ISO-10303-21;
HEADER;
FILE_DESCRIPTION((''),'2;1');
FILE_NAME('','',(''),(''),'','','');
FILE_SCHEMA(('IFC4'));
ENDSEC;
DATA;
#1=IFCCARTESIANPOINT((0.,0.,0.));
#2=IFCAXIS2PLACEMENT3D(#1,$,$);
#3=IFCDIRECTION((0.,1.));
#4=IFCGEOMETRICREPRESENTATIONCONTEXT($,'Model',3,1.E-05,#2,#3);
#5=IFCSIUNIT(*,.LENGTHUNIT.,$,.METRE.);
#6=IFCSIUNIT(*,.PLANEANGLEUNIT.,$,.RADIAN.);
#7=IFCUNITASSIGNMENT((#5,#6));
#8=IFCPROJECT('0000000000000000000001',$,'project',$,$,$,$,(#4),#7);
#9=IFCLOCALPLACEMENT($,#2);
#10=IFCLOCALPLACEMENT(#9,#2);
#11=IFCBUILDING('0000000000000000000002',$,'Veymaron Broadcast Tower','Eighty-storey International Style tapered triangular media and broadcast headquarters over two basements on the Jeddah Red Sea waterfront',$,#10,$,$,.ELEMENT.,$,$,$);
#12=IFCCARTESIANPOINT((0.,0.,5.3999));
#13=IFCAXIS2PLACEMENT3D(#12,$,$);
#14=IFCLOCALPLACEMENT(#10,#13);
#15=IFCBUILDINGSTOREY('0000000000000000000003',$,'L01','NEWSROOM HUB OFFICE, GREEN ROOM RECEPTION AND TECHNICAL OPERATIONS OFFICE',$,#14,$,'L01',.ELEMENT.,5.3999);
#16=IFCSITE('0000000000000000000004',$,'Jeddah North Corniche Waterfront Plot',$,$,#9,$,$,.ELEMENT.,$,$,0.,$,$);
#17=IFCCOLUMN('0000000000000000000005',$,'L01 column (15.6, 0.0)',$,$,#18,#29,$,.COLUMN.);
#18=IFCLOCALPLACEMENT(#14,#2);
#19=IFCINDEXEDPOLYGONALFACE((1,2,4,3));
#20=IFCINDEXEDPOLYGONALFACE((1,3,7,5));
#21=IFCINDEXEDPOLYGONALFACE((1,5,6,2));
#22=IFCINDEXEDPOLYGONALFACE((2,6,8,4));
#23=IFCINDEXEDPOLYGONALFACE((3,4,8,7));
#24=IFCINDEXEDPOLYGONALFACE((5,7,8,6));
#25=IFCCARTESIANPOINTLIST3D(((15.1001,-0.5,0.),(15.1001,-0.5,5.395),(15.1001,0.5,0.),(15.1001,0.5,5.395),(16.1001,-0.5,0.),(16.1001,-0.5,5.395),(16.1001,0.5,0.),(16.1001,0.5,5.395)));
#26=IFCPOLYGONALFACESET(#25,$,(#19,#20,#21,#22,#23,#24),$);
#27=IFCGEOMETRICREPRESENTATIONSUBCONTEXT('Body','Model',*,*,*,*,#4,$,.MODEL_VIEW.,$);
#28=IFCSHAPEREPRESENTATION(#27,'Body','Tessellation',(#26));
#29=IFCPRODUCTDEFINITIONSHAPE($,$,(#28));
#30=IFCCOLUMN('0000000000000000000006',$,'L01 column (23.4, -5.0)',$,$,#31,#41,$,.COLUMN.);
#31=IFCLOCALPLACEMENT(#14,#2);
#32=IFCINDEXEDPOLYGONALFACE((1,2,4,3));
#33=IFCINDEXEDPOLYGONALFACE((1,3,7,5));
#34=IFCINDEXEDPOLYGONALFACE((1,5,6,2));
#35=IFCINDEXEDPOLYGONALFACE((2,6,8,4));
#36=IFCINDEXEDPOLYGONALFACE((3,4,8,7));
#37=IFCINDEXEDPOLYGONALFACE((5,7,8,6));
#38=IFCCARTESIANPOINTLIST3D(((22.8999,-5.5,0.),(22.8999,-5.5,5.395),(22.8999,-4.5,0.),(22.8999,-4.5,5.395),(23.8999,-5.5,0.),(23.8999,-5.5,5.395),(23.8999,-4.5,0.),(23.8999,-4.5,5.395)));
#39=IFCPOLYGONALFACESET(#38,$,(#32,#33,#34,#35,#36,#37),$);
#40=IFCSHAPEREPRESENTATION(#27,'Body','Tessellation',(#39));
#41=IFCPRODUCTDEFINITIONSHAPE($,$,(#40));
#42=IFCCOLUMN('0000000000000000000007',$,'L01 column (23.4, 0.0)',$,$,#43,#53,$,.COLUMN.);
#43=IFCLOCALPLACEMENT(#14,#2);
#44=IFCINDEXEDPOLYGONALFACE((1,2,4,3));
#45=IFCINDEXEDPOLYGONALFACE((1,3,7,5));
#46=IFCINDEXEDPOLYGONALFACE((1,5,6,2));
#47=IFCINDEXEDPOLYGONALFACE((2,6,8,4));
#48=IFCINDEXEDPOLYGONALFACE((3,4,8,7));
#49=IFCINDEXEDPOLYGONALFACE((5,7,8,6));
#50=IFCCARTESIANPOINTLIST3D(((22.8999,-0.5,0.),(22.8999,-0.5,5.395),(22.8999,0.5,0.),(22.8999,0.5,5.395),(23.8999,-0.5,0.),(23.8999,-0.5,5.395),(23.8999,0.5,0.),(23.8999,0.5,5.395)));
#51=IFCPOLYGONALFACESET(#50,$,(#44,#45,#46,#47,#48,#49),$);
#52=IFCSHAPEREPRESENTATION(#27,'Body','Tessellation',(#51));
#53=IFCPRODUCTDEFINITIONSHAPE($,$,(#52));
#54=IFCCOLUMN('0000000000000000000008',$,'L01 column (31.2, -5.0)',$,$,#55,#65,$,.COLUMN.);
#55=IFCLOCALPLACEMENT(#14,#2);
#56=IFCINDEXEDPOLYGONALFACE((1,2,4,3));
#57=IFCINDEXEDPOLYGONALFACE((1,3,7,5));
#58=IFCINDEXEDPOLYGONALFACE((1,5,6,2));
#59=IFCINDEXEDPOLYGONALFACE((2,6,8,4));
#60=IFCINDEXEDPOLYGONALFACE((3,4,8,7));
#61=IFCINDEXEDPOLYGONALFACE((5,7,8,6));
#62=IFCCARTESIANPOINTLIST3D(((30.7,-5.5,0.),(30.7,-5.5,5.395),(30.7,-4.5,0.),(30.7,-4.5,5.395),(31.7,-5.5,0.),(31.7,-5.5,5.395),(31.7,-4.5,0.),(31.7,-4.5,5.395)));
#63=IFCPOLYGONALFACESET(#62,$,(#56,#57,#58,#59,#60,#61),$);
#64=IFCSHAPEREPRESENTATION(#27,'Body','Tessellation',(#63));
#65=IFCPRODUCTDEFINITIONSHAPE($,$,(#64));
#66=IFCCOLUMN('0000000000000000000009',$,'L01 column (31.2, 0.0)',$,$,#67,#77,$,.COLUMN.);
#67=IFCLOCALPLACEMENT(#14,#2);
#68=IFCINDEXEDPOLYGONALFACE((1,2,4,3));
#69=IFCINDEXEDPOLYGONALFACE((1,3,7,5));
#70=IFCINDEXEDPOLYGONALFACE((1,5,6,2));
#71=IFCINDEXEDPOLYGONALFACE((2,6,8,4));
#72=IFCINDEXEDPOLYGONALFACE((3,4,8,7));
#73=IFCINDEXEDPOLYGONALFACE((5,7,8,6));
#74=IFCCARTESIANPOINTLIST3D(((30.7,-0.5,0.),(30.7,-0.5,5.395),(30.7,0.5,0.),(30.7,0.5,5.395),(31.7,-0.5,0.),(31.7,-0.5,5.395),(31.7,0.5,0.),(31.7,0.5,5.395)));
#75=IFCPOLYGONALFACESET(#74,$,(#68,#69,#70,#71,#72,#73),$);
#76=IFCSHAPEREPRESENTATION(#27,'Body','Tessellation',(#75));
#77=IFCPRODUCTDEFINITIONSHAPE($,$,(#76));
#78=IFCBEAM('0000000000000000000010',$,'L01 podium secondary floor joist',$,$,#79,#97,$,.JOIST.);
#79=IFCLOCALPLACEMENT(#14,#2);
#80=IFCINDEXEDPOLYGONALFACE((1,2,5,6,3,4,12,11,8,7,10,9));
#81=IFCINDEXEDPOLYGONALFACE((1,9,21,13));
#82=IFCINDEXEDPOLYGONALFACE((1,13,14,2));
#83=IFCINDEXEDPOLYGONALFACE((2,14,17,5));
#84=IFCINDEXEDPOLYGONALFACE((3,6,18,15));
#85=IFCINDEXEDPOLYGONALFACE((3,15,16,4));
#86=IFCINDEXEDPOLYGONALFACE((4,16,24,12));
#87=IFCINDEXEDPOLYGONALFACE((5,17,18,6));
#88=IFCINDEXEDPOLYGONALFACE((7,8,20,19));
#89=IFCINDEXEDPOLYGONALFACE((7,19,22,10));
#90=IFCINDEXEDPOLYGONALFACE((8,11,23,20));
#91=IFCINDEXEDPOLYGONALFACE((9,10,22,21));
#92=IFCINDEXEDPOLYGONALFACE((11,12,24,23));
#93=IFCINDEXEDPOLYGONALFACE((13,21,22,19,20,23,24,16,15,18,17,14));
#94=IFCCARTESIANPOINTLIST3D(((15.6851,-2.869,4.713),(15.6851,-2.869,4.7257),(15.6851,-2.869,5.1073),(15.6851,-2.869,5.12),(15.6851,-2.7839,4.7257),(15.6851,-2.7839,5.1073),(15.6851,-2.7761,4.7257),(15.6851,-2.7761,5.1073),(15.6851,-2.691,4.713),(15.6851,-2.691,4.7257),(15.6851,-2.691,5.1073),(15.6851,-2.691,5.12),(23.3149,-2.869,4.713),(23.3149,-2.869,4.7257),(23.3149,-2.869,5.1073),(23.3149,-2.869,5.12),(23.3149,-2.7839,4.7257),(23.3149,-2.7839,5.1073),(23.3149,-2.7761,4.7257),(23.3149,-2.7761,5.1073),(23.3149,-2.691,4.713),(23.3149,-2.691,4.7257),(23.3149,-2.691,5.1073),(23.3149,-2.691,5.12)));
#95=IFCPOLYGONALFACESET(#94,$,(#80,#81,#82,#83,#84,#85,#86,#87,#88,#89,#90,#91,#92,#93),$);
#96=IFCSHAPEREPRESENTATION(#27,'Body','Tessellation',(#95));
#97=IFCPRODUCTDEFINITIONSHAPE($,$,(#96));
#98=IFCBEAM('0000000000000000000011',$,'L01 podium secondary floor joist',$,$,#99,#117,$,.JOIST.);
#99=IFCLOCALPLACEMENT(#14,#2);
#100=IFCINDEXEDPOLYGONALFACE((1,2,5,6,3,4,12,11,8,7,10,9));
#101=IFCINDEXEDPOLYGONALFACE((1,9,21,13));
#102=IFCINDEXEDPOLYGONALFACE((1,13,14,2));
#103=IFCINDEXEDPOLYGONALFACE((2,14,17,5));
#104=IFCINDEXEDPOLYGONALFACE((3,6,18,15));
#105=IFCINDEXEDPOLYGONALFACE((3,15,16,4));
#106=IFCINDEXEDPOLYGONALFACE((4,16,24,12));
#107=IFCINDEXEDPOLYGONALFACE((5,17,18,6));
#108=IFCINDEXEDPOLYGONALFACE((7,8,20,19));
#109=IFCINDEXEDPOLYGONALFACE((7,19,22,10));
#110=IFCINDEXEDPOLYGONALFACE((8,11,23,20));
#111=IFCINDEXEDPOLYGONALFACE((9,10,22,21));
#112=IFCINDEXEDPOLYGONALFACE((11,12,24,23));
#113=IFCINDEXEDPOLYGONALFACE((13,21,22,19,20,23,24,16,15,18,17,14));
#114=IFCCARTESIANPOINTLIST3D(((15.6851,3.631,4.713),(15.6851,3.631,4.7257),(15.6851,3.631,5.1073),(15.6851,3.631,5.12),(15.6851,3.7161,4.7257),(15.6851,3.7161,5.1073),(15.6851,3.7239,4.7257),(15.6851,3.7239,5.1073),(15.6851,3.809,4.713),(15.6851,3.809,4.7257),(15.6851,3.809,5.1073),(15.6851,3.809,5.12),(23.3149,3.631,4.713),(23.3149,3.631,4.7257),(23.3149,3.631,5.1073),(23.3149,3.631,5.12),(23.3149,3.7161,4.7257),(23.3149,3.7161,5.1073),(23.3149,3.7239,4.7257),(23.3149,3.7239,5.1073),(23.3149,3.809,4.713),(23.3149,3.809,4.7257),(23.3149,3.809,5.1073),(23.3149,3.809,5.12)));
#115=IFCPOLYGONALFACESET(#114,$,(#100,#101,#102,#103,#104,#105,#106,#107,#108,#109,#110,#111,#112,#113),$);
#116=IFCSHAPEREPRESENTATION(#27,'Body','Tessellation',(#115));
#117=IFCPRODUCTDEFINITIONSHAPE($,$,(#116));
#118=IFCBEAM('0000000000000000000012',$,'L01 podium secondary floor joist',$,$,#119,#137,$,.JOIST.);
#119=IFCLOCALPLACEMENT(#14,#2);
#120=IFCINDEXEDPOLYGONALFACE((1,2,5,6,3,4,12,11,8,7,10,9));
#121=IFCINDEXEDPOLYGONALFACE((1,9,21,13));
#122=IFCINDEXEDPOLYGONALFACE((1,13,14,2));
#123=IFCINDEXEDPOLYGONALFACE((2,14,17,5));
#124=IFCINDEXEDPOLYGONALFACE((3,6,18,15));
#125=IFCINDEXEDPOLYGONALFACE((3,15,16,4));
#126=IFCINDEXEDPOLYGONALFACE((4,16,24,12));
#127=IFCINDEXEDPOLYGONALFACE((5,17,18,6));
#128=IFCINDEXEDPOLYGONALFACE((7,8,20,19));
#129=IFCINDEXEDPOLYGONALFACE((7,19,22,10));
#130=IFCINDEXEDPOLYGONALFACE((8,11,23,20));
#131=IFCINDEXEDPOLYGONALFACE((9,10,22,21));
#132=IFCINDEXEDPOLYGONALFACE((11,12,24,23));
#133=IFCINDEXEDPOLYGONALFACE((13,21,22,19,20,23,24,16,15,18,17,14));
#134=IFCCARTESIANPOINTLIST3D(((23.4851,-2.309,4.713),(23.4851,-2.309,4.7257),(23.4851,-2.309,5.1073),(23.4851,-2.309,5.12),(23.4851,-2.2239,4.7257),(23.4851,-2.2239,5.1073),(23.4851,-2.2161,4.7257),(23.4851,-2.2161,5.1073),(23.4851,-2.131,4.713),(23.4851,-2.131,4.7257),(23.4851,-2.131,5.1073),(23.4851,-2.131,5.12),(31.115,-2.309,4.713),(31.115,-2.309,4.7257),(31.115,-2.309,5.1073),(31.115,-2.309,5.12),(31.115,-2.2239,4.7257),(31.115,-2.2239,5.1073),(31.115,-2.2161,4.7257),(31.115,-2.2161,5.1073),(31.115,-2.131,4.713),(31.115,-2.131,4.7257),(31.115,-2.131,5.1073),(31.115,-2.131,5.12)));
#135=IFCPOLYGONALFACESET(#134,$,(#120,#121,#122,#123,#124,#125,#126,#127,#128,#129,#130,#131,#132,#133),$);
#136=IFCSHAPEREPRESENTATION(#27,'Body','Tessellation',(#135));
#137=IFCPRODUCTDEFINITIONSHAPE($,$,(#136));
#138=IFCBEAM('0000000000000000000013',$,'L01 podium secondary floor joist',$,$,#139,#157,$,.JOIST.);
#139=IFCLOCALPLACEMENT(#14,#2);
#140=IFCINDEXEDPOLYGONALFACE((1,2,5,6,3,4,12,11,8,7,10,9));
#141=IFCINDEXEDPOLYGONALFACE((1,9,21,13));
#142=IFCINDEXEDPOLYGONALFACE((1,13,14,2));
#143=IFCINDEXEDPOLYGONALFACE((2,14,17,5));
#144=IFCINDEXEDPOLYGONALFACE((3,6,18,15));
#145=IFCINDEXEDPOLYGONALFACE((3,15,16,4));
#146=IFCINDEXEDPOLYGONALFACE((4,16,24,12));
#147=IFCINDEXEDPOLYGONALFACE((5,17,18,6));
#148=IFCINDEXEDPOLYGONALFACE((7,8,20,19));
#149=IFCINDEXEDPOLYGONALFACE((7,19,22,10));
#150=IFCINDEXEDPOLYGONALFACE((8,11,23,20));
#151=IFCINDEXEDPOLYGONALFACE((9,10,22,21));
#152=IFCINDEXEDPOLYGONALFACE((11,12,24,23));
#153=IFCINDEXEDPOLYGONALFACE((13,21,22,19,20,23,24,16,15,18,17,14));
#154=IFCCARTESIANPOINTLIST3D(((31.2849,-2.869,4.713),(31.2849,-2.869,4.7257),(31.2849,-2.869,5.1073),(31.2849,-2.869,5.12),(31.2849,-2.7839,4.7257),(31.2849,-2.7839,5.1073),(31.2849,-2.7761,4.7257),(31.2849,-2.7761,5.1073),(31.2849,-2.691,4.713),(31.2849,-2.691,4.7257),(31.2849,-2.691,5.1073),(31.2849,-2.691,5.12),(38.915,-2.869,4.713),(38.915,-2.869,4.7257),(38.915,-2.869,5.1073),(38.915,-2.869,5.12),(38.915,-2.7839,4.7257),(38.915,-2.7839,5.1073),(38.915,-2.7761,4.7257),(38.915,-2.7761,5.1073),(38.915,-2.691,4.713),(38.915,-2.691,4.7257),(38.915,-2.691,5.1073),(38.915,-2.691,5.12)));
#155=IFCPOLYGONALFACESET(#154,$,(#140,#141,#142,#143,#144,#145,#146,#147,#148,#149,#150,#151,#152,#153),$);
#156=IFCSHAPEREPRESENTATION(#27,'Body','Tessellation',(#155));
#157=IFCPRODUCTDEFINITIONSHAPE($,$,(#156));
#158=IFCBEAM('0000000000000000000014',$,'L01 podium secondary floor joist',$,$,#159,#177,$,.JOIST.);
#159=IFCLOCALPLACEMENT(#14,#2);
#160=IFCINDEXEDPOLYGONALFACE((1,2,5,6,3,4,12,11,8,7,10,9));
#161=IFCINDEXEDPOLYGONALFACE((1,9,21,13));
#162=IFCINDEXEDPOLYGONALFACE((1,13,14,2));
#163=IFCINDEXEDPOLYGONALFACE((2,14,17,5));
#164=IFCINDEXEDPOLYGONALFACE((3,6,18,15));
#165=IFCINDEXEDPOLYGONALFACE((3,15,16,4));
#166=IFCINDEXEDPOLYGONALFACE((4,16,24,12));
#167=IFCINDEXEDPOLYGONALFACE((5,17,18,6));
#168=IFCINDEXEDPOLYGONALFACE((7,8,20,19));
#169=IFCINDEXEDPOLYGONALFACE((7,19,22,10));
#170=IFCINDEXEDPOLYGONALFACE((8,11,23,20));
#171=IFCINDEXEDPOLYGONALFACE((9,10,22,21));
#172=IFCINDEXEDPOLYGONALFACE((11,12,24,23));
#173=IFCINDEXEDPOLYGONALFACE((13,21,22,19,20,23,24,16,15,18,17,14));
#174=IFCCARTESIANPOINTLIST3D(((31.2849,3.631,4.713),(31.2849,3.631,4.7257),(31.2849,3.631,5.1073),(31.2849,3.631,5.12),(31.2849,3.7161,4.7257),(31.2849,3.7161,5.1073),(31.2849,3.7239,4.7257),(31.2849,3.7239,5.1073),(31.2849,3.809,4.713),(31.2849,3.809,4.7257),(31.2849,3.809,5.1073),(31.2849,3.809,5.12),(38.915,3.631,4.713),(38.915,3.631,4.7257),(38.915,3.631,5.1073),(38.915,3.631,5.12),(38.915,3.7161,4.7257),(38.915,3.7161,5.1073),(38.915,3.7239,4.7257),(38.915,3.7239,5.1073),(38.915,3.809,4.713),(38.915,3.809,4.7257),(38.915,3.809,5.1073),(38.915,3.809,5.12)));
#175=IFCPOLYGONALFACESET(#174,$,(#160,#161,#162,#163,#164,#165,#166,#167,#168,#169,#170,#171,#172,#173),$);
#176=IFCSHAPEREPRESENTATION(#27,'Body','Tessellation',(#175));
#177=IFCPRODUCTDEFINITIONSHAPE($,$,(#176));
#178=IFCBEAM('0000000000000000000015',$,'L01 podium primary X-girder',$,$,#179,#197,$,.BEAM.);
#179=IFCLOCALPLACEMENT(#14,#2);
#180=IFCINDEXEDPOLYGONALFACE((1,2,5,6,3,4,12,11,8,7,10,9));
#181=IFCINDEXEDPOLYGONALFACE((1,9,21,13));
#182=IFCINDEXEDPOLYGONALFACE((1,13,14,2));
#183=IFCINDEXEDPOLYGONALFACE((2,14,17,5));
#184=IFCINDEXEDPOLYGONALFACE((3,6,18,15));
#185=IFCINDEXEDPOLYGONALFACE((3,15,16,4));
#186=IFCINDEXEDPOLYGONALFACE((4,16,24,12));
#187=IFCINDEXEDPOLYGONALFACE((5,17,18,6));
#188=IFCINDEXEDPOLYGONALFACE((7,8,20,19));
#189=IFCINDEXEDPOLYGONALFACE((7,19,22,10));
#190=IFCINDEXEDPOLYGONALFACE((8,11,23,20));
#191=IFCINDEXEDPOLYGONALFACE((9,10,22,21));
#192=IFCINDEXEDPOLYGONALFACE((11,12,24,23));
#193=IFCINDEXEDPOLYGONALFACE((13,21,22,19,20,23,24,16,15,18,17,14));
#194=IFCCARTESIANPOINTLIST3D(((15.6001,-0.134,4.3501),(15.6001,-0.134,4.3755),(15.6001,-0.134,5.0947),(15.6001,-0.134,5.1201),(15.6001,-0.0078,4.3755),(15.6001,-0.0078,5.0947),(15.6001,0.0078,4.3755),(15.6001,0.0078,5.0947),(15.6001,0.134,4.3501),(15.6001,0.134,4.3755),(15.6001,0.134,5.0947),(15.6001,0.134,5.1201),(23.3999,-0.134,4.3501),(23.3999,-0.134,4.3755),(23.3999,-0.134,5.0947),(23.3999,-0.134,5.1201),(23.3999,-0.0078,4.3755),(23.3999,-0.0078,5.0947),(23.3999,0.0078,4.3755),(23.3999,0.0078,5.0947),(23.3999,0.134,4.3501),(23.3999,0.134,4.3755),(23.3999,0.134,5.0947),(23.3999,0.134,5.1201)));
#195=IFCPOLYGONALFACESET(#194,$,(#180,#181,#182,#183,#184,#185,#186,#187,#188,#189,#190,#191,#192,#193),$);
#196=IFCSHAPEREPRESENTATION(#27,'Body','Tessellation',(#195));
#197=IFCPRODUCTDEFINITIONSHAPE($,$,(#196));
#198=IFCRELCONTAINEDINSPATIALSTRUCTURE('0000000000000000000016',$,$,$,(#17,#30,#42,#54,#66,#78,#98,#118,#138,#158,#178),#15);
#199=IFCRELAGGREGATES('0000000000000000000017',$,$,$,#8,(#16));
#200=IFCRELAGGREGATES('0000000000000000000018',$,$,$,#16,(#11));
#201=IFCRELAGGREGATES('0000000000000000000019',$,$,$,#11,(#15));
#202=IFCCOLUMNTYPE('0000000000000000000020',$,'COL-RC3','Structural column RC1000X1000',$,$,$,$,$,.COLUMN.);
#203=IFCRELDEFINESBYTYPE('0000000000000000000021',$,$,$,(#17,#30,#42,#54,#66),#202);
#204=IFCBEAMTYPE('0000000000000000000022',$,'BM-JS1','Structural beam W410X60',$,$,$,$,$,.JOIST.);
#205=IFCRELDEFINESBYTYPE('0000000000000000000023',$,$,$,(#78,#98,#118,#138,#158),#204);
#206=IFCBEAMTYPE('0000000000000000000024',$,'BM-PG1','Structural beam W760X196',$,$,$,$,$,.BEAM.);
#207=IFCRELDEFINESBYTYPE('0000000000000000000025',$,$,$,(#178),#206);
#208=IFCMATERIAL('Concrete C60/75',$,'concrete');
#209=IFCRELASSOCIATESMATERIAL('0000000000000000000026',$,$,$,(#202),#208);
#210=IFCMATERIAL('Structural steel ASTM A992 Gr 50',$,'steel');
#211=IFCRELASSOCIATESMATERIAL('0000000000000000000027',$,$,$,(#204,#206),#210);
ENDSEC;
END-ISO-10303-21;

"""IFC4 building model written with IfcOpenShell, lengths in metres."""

from ifc_helpers import new_model, si_unit, direction, frame, origin, origin_2d, place, context, subcontext, project, spatial, rectangle, i_section, extrude, material, material_profile, profile_set, type_object, element, save


model = new_model("IFC4")

# Units and contexts
model_context = context("Model", 3, precision=1e-05, world=origin(), true_north=direction((0.0, 1.0)))
body_context = subcontext(model_context, "Body", "Model", "MODEL_VIEW")
ifc_project = project(units=[si_unit("LENGTHUNIT", "METRE"), si_unit("PLANEANGLEUNIT", "RADIAN")], contexts=[model_context])

# Site, building, storey
site_placement = place(None, origin())
site = spatial("IfcSite", under=ifc_project, at=site_placement, Name="Jeddah North Corniche Waterfront Plot", CompositionType="ELEMENT", RefElevation=0.0)
building_placement = place(site_placement, origin())
building = spatial("IfcBuilding", under=site, at=building_placement, Name="Veymaron Broadcast Tower", Description="Eighty-storey International Style tapered triangular media and broadcast headquarters over two basements on the Jeddah Red Sea waterfront", CompositionType="ELEMENT")
storey_placement = place(building_placement, frame((0.0, 0.0, 5.3999)))
storey = spatial("IfcBuildingStorey", under=building, at=storey_placement, Name="L01", Description="NEWSROOM HUB OFFICE, GREEN ROOM RECEPTION AND TECHNICAL OPERATIONS OFFICE", LongName="L01", CompositionType="ELEMENT", Elevation=5.3999)

# Columns
ifc_material_1 = material(Name="Concrete C60/75", Category="concrete")
ifc_material_profile_1 = material_profile(ifc_material_1, rectangle(XDim=1.0, YDim=1.0, at=origin_2d()), Name="RC1000X1000")
ifc_profile_set_1 = profile_set([ifc_material_profile_1], Name="Concrete C60/75")
column_type = type_object("IfcColumnType", Name="COL-RC3", Description="Structural column RC1000X1000", PredefinedType="COLUMN", material=ifc_profile_set_1)
for number, where, z_axis, x_axis, name in (
    (1, (15.6001, 0.0, 0.0), (0.0, 0.0, 1.0), (1.0, 0.0, 0.0), "L01 column (15.6, 0.0)"),
    (2, (23.3999, -5.0, 0.0), (0.0, 0.0, 1.0), (1.0, 0.0, 0.0), "L01 column (23.4, -5.0)"),
    (3, (23.3999, 0.0, 0.0), (0.0, 0.0, 1.0), (1.0, 0.0, 0.0), "L01 column (23.4, 0.0)"),
    (4, (31.2, -5.0, 0.0), (0.0, 0.0, 1.0), (1.0, 0.0, 0.0), "L01 column (31.2, -5.0)"),
    (5, (31.2, 0.0, 0.0), (0.0, 0.0, 1.0), (1.0, 0.0, 0.0), "L01 column (31.2, 0.0)"),
):
    element("IfcColumn", number, at=place(storey_placement, frame(where, z_axis=z_axis, x_axis=x_axis)), inside=storey, type_object=column_type, Name=name, PredefinedType="COLUMN", context=body_context, shape_type="SweptSolid", body=[
        extrude(rectangle(XDim=1.0, YDim=1.0, at=origin_2d()), origin(), (0.0, 0.0, 1.0), 5.395),
    ])

# Beams
ifc_material_2 = material(Name="Structural steel ASTM A992 Gr 50", Category="steel")
ifc_material_profile_2 = material_profile(ifc_material_2, i_section(OverallWidth=0.178, OverallDepth=0.407, WebThickness=0.0078, FlangeThickness=0.0127, at=origin_2d()), Name="W410X60")
ifc_profile_set_2 = profile_set([ifc_material_profile_2], Name="Structural steel ASTM A992 Gr 50")
beam_type_1 = type_object("IfcBeamType", Name="BM-JS1", Description="Structural beam W410X60", PredefinedType="JOIST", material=ifc_profile_set_2)
for number, where, z_axis, x_axis, name in (
    (6, (15.6851, -2.78, 4.9165), (1.0, 0.0, 0.0), (0.0, 1.0, 0.0), "L01 podium secondary floor joist"),
    (7, (15.6851, 3.72, 4.9165), (1.0, 0.0, 0.0), (0.0, 1.0, 0.0), "L01 podium secondary floor joist"),
    (8, (23.4851, -2.22, 4.9165), (1.0, 0.0, 0.0), (0.0, 1.0, 0.0), "L01 podium secondary floor joist"),
):
    element("IfcBeam", number, at=place(storey_placement, frame(where, z_axis=z_axis, x_axis=x_axis)), inside=storey, type_object=beam_type_1, Name=name, PredefinedType="JOIST", context=body_context, shape_type="SweptSolid", body=[
        extrude(i_section(OverallWidth=0.178, OverallDepth=0.407, WebThickness=0.0078, FlangeThickness=0.0127, at=origin_2d()), origin(), (0.0, 0.0, 1.0), 7.6299),
    ])
for number, where, z_axis, x_axis, name in (
    (9, (31.2849, -2.78, 4.9165), (1.0, 0.0, 0.0), (0.0, 1.0, 0.0), "L01 podium secondary floor joist"),
    (10, (31.2849, 3.72, 4.9165), (1.0, 0.0, 0.0), (0.0, 1.0, 0.0), "L01 podium secondary floor joist"),
):
    element("IfcBeam", number, at=place(storey_placement, frame(where, z_axis=z_axis, x_axis=x_axis)), inside=storey, type_object=beam_type_1, Name=name, PredefinedType="JOIST", context=body_context, shape_type="SweptSolid", body=[
        extrude(i_section(OverallWidth=0.178, OverallDepth=0.407, WebThickness=0.0078, FlangeThickness=0.0127, at=origin_2d()), origin(), (0.0, 0.0, 1.0), 7.6301),
    ])
ifc_material_profile_3 = material_profile(ifc_material_2, i_section(OverallWidth=0.2681, OverallDepth=0.77, WebThickness=0.0156, FlangeThickness=0.0254, at=origin_2d()), Name="W760X196")
ifc_profile_set_3 = profile_set([ifc_material_profile_3], Name="Structural steel ASTM A992 Gr 50")
beam_type_2 = type_object("IfcBeamType", Name="BM-PG1", Description="Structural beam W760X196", PredefinedType="BEAM", material=ifc_profile_set_3)
beam_1_placement = place(storey_placement, frame((15.6001, 0.0, 4.7351), z_axis=(1.0, 0.0, 0.0), x_axis=(0.0, 1.0, 0.0)))
element("IfcBeam", 11, at=beam_1_placement, inside=storey, type_object=beam_type_2, Name="L01 podium primary X-girder", PredefinedType="BEAM", context=body_context, shape_type="SweptSolid", body=[
    extrude(i_section(OverallWidth=0.2681, OverallDepth=0.77, WebThickness=0.0156, FlangeThickness=0.0254, at=origin_2d()), origin(), (0.0, 0.0, 1.0), 7.7998),
])

save(model, "model.ifc")
